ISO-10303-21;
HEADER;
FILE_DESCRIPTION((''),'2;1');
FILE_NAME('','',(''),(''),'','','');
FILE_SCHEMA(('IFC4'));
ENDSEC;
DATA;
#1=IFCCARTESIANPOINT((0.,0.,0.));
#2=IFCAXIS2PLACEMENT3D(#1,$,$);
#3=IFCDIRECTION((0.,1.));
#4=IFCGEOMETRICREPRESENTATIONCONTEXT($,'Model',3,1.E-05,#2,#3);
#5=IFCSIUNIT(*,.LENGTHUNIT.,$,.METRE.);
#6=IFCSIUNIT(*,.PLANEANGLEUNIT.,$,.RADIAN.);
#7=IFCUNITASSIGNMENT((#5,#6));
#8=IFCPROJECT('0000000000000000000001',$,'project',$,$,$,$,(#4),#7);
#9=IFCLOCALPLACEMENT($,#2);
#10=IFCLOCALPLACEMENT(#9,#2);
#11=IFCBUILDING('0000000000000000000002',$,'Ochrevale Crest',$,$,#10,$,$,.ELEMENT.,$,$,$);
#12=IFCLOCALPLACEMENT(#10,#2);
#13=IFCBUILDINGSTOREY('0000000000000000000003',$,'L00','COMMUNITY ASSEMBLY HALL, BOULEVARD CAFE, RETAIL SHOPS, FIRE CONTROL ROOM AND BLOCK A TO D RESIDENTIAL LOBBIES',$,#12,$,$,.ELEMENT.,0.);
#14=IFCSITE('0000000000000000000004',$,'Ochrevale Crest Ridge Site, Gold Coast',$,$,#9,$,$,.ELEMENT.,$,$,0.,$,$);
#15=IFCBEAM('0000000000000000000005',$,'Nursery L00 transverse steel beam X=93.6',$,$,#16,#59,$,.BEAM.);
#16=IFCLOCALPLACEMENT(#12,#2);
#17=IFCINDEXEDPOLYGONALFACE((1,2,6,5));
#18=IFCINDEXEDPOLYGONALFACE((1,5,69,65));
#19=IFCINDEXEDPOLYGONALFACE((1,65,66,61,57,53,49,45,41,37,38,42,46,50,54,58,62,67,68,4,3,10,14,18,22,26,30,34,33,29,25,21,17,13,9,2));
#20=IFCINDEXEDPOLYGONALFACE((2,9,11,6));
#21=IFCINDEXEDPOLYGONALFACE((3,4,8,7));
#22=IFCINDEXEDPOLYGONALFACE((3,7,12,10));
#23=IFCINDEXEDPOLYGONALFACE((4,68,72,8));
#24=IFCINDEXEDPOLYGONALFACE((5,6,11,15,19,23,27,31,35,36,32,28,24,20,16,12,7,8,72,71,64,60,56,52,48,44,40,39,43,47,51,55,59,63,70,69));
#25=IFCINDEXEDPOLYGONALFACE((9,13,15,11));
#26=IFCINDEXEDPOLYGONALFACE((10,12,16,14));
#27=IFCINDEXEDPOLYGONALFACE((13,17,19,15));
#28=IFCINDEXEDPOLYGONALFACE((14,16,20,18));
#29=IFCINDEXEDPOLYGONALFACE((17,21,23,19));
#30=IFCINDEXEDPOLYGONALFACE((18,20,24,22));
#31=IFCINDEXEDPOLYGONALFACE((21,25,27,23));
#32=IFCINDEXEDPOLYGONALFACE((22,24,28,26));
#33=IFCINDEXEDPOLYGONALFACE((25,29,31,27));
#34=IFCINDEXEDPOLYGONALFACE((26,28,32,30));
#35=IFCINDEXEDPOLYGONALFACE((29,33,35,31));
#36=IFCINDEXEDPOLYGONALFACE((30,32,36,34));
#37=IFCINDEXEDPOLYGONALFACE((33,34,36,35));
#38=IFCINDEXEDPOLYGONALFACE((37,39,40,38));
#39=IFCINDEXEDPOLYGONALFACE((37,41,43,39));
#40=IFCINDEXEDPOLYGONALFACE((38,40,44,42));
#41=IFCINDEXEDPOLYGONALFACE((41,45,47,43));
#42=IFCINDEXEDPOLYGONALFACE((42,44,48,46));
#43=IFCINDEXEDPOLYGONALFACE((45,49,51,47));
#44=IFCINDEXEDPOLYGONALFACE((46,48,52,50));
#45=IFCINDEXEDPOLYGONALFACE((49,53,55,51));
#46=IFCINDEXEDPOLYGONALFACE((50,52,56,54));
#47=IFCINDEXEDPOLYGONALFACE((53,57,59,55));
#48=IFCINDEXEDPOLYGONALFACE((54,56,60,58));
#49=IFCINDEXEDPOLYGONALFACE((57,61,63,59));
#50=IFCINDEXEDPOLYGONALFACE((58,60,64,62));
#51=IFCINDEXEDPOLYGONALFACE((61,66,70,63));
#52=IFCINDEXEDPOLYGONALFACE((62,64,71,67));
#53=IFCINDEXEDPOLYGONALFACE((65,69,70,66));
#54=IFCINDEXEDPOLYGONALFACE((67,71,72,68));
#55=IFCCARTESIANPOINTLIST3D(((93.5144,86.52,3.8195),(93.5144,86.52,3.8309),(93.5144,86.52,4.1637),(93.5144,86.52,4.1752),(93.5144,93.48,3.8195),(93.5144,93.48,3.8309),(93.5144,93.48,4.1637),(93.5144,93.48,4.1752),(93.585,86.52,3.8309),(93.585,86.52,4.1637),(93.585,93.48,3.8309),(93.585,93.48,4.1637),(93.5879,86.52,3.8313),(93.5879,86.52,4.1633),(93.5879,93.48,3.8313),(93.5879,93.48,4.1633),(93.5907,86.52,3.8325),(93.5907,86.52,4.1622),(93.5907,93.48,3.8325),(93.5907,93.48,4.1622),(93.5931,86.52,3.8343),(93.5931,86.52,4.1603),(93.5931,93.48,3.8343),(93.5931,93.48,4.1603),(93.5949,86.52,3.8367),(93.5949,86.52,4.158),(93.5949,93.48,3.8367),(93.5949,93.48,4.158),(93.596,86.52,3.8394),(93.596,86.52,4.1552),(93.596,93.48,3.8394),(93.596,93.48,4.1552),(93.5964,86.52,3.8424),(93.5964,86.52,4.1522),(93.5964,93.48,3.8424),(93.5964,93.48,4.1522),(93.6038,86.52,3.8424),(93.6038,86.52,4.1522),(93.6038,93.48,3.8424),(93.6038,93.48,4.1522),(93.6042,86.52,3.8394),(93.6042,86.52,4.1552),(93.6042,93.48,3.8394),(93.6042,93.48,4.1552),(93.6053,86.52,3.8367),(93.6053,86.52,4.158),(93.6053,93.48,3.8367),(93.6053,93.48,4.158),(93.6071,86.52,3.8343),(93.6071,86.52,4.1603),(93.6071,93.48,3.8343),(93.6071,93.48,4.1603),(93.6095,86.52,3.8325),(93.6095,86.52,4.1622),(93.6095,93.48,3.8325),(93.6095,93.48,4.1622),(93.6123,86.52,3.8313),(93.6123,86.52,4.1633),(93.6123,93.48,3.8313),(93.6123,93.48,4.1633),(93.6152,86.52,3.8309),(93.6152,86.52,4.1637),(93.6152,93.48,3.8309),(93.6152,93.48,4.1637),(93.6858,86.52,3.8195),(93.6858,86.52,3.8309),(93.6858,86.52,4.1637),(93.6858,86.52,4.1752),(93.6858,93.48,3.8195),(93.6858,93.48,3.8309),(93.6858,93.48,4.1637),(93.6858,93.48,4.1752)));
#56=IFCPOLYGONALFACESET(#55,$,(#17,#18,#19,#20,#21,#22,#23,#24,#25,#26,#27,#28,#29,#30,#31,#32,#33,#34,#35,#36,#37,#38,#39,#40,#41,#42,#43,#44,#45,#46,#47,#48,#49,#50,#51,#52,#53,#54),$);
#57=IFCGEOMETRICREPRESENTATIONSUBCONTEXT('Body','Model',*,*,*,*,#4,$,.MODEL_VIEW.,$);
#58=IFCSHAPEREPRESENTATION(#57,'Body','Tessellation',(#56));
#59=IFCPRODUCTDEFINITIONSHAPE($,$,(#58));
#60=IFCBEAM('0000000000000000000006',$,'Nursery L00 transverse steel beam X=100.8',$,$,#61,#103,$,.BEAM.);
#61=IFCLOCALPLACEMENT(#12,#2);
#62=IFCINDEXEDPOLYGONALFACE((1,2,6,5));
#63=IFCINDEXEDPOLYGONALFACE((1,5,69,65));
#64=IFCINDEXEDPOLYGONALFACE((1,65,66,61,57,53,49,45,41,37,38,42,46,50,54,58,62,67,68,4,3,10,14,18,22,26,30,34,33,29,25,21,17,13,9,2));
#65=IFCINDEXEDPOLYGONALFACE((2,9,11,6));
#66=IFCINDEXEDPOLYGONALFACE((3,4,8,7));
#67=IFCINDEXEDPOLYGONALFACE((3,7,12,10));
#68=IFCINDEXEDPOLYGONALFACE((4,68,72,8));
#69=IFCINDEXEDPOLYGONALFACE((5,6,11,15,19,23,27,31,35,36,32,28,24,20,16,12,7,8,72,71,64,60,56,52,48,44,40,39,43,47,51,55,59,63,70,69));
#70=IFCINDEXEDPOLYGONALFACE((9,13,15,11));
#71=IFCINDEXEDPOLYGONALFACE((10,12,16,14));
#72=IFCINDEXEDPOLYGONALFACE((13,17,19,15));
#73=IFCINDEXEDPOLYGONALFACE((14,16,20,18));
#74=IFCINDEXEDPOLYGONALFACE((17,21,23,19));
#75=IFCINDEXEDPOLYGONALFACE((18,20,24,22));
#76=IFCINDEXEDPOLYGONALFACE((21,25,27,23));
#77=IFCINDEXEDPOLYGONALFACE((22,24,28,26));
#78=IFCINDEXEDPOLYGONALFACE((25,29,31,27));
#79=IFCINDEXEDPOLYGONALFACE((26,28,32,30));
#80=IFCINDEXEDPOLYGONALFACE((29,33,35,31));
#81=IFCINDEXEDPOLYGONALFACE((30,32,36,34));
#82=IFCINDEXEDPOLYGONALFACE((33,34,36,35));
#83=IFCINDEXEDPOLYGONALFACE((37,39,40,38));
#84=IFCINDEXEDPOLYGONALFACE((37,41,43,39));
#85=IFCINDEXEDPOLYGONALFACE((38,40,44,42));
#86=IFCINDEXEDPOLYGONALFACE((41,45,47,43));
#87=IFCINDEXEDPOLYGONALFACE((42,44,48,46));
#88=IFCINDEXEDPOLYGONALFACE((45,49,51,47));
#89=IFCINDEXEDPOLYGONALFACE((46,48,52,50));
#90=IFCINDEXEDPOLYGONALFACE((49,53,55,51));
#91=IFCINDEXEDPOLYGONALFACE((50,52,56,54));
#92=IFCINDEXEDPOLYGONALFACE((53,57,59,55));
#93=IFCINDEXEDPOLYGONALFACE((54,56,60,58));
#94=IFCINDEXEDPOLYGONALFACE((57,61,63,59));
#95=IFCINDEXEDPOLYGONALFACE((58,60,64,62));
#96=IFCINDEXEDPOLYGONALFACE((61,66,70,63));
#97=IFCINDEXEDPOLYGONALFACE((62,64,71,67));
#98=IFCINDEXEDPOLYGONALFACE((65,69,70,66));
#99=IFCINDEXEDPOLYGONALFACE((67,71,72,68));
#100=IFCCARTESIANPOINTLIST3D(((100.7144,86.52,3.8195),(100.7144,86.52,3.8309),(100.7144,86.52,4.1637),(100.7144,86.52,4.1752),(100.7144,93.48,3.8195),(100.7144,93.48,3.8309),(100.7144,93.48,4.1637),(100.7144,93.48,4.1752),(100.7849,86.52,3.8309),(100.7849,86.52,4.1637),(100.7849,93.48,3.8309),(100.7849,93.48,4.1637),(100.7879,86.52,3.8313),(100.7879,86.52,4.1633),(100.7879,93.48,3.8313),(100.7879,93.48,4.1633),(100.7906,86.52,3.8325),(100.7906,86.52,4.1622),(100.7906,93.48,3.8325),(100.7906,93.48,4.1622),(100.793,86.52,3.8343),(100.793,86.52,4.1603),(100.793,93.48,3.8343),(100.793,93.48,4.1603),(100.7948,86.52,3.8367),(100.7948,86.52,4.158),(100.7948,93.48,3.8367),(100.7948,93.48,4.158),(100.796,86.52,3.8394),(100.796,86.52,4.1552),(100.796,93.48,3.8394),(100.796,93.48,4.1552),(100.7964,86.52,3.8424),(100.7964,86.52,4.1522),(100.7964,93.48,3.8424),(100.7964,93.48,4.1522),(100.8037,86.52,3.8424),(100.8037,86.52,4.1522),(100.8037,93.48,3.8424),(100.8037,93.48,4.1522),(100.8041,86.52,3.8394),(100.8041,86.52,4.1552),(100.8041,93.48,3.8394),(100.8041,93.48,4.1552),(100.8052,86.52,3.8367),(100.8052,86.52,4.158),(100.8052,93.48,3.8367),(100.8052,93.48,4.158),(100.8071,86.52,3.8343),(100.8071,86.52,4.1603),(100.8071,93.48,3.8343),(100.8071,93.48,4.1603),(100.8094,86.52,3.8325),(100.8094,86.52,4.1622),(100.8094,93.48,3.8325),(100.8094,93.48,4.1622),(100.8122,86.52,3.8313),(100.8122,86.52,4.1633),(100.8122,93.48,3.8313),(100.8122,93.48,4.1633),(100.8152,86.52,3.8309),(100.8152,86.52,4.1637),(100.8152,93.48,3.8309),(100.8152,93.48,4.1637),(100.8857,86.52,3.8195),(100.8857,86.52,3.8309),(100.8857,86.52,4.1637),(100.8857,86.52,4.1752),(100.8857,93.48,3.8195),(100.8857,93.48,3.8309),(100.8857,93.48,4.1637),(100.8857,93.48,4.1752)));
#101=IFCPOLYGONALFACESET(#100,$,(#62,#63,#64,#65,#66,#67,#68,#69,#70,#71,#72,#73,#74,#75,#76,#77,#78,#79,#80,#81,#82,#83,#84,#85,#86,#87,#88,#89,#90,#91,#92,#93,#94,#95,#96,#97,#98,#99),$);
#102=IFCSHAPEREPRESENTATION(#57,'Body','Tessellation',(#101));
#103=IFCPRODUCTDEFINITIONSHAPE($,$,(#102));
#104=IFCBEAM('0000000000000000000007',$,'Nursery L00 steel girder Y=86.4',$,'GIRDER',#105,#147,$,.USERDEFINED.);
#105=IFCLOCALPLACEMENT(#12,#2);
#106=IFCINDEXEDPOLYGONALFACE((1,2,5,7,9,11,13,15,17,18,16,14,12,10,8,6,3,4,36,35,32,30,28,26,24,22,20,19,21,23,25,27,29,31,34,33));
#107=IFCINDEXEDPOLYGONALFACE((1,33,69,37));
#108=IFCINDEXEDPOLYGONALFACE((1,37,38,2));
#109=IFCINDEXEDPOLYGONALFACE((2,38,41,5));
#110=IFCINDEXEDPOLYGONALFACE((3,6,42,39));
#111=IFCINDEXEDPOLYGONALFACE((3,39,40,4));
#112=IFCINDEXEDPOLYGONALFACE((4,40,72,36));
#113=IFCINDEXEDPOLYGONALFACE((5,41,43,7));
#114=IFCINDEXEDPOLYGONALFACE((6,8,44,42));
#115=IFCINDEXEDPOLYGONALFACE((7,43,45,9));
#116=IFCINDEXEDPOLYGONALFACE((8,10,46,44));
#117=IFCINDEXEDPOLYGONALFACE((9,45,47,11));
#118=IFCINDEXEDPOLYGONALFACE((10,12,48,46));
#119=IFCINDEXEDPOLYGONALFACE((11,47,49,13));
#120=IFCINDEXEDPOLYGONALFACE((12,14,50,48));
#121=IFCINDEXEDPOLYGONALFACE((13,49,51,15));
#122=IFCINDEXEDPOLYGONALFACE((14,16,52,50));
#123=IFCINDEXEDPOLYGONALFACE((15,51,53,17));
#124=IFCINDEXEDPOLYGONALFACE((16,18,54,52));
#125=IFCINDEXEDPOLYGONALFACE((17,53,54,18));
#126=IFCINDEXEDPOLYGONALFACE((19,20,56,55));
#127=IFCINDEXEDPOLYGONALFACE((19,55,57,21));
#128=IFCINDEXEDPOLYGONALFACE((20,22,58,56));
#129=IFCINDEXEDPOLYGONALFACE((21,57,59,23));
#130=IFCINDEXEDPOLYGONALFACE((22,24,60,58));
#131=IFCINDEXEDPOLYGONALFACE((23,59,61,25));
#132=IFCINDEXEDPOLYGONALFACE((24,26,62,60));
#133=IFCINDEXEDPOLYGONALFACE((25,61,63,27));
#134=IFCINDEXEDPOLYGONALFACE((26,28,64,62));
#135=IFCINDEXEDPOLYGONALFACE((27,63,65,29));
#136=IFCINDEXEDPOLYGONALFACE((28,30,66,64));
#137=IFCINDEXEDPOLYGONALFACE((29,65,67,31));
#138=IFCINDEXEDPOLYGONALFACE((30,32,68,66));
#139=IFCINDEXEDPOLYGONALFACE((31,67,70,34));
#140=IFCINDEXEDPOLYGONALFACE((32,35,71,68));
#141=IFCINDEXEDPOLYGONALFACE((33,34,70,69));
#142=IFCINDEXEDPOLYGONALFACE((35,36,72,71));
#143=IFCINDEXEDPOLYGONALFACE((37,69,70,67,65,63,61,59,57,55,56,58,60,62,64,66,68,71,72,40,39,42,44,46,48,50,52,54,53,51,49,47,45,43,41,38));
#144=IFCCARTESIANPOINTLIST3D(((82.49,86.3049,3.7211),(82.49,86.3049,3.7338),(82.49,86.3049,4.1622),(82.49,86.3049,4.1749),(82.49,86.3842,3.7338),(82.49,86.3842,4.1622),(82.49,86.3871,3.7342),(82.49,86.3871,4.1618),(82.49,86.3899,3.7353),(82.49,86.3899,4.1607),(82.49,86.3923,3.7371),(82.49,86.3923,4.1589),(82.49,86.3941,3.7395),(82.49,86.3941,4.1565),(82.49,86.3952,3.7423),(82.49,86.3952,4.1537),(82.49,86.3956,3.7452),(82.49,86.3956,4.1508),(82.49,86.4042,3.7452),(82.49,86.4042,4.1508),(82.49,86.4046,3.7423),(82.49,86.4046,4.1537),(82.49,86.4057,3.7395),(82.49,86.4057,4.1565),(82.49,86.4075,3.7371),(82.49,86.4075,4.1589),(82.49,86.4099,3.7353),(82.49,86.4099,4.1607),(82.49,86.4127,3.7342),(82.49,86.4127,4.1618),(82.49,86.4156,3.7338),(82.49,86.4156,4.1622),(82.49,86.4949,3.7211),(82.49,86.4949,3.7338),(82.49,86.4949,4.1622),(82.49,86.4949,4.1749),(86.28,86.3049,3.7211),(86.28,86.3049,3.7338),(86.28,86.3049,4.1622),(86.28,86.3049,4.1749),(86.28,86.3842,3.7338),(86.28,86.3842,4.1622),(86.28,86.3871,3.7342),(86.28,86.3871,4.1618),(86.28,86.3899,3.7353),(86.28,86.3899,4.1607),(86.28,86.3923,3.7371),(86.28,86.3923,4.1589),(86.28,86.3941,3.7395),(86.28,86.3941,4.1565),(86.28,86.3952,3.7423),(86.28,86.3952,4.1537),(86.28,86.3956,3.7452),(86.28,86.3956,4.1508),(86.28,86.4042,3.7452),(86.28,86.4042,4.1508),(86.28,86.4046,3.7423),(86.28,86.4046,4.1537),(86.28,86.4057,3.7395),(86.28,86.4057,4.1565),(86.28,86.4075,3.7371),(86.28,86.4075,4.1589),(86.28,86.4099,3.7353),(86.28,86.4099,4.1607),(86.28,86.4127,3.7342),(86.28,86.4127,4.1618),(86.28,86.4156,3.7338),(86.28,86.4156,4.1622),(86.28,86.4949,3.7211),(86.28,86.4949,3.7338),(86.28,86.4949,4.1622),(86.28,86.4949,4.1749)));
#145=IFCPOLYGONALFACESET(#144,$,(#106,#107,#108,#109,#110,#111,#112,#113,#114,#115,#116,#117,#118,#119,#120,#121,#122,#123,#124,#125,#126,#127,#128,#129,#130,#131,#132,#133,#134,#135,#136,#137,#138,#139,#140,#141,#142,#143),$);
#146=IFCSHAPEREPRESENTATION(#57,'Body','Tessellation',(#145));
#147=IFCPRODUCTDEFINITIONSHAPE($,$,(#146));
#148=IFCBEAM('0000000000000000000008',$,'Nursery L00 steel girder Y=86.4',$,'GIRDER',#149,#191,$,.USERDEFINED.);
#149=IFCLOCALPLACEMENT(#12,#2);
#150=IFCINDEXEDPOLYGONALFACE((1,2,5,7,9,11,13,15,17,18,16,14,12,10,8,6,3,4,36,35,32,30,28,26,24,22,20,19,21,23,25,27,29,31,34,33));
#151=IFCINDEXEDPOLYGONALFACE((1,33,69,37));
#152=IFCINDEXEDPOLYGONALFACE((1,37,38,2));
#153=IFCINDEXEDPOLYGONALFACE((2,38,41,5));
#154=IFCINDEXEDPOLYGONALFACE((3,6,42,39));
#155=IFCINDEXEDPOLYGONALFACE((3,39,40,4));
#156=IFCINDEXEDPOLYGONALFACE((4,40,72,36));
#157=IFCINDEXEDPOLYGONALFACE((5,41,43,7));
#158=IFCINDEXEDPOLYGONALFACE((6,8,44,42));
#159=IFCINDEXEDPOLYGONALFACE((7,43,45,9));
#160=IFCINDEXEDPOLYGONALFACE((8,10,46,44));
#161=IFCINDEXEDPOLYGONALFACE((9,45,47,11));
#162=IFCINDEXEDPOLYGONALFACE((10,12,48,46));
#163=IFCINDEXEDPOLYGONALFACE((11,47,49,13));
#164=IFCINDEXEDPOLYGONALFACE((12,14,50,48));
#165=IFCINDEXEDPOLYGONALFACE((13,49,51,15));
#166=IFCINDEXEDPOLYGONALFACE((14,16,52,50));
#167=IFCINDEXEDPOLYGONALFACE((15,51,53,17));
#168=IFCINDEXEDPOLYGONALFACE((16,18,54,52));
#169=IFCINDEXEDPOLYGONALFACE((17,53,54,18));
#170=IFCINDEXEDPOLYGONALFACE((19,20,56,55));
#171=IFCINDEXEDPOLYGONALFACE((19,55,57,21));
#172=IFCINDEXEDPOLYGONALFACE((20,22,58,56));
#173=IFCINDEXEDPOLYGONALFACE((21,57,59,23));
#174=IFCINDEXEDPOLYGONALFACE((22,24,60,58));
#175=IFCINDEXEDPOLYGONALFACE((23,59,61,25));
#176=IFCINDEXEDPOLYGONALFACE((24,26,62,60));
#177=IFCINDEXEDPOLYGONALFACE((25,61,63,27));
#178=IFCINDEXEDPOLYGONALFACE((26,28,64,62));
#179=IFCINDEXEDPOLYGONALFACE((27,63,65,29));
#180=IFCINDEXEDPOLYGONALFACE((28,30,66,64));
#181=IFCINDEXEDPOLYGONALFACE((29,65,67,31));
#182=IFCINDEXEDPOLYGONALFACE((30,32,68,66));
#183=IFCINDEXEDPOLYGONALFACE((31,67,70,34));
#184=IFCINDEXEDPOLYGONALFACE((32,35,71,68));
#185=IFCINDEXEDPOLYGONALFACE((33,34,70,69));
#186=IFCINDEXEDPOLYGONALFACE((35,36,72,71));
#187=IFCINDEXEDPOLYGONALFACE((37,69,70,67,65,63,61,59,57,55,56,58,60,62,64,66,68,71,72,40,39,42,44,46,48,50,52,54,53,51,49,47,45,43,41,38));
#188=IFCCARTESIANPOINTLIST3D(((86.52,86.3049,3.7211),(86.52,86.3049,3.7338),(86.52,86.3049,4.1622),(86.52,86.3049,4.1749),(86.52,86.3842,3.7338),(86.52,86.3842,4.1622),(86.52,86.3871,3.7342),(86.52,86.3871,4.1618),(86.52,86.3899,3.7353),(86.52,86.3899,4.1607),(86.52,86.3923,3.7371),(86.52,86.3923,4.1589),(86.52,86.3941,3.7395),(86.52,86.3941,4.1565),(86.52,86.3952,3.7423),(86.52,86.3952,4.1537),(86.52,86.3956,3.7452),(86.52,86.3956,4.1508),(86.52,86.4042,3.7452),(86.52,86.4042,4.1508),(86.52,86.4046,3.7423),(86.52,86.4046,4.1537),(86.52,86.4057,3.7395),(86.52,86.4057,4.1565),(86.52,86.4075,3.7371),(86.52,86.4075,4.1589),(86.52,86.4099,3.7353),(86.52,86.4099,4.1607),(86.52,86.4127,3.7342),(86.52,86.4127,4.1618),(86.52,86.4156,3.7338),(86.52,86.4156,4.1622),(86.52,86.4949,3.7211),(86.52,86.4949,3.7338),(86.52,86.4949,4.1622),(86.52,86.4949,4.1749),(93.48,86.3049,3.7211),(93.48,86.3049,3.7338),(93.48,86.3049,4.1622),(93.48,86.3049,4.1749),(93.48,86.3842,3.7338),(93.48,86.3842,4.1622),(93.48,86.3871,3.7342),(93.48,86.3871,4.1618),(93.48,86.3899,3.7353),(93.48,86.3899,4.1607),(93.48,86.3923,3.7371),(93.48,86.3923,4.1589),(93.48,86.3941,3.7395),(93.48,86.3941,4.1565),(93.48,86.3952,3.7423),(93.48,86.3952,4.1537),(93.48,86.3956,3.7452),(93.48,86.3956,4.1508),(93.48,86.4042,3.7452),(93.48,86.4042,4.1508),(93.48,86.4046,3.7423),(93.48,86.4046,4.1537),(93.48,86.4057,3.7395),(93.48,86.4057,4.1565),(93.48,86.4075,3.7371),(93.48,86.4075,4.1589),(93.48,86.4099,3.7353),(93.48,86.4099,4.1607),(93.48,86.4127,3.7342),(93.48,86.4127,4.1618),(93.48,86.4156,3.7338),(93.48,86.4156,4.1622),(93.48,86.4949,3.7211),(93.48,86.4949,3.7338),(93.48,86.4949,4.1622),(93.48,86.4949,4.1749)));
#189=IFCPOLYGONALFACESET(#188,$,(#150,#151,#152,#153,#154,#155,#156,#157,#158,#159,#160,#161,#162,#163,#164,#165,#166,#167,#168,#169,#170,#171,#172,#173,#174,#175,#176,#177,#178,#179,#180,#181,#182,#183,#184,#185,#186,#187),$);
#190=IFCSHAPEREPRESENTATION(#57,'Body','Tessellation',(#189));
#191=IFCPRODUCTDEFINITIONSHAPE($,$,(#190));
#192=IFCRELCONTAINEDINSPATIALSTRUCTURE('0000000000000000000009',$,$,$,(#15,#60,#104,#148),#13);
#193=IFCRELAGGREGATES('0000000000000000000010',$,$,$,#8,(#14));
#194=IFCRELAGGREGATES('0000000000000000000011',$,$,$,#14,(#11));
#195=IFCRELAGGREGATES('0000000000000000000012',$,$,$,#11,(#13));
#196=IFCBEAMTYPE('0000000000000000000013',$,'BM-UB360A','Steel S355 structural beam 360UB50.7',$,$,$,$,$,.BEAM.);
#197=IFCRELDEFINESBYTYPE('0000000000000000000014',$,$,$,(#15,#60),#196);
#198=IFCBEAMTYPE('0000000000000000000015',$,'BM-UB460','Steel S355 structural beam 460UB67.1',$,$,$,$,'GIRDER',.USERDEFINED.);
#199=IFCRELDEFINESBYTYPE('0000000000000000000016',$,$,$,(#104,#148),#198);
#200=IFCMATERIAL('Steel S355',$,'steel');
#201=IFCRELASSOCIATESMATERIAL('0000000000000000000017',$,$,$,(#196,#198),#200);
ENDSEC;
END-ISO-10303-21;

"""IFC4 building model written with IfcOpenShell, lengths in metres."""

from ifc_helpers import new_model, si_unit, direction, frame, origin, origin_2d, place, context, subcontext, project, spatial, i_section, extrude, material, material_profile, profile_set, type_object, element, save


model = new_model("IFC4")

# Units and contexts
model_context = context("Model", 3, precision=1e-05, world=origin(), true_north=direction((0.0, 1.0)))
body_context = subcontext(model_context, "Body", "Model", "MODEL_VIEW")
ifc_project = project(units=[si_unit("LENGTHUNIT", "METRE"), si_unit("PLANEANGLEUNIT", "RADIAN")], contexts=[model_context])

# Site, building, storey
site_placement = place(None, origin())
site = spatial("IfcSite", under=ifc_project, at=site_placement, Name="Ochrevale Crest Ridge Site, Gold Coast", CompositionType="ELEMENT", RefElevation=0.0)
building_placement = place(site_placement, origin())
building = spatial("IfcBuilding", under=site, at=building_placement, Name="Ochrevale Crest", CompositionType="ELEMENT")
storey_placement = place(building_placement, origin())
storey = spatial("IfcBuildingStorey", under=building, at=storey_placement, Name="L00", Description="COMMUNITY ASSEMBLY HALL, BOULEVARD CAFE, RETAIL SHOPS, FIRE CONTROL ROOM AND BLOCK A TO D RESIDENTIAL LOBBIES", CompositionType="ELEMENT", Elevation=0.0)

# Shared definitions
ifc_material_1 = material(Name="Steel S355", Category="steel")

# Beams
ifc_material_profile_1 = material_profile(ifc_material_1, i_section(OverallWidth=0.1714, OverallDepth=0.3557, WebThickness=0.0073, FlangeThickness=0.0115, FilletRadius=0.0115, at=origin_2d()), Name="360UB50.7")
ifc_profile_set_1 = profile_set([ifc_material_profile_1], Name="Steel S355")
beam_type_1 = type_object("IfcBeamType", Name="BM-UB360A", Description="Steel S355 structural beam 360UB50.7", PredefinedType="BEAM", material=ifc_profile_set_1)
for number, where, z_axis, x_axis, name in (
    (1, (93.6001, 86.52, 3.9973), (0.0, 1.0, 0.0), (-1.0, 0.0, 0.0), "Nursery L00 transverse steel beam X=93.6"),
    (2, (100.8, 86.52, 3.9973), (0.0, 1.0, 0.0), (-1.0, 0.0, 0.0), "Nursery L00 transverse steel beam X=100.8"),
):
    element("IfcBeam", number, at=place(storey_placement, frame(where, z_axis=z_axis, x_axis=x_axis)), inside=storey, type_object=beam_type_1, Name=name, PredefinedType="BEAM", context=body_context, shape_type="SweptSolid", body=[
        extrude(i_section(OverallWidth=0.1714, OverallDepth=0.3557, WebThickness=0.0073, FlangeThickness=0.0115, FilletRadius=0.0115, at=origin_2d()), origin(), (0.0, 0.0, 1.0), 6.96),
    ])
ifc_material_profile_2 = material_profile(ifc_material_1, i_section(OverallWidth=0.1899, OverallDepth=0.4539, WebThickness=0.0085, FlangeThickness=0.0127, FilletRadius=0.0115, at=origin_2d()), Name="460UB67.1")
ifc_profile_set_2 = profile_set([ifc_material_profile_2], Name="Steel S355")
beam_type_2 = type_object("IfcBeamType", Name="BM-UB460", Description="Steel S355 structural beam 460UB67.1", ElementType="GIRDER", PredefinedType="USERDEFINED", material=ifc_profile_set_2)
beam_placement = place(storey_placement, frame((82.49, 86.3999, 3.948), z_axis=(1.0, 0.0, 0.0), x_axis=(0.0, 1.0, 0.0)))
element("IfcBeam", 3, at=beam_placement, inside=storey, type_object=beam_type_2, Name="Nursery L00 steel girder Y=86.4", ObjectType="GIRDER", PredefinedType="USERDEFINED", context=body_context, shape_type="SweptSolid", body=[
    extrude(i_section(OverallWidth=0.1899, OverallDepth=0.4539, WebThickness=0.0085, FlangeThickness=0.0127, FilletRadius=0.0115, at=origin_2d()), origin(), (0.0, 0.0, 1.0), 3.79),
])
for number, where, z_axis, x_axis, name in (
    (4, (86.52, 86.3999, 3.948), (1.0, 0.0, 0.0), (0.0, 1.0, 0.0), "Nursery L00 steel girder Y=86.4"),
):
    element("IfcBeam", number, at=place(storey_placement, frame(where, z_axis=z_axis, x_axis=x_axis)), inside=storey, type_object=beam_type_2, Name=name, ObjectType="GIRDER", PredefinedType="USERDEFINED", context=body_context, shape_type="SweptSolid", body=[
        extrude(i_section(OverallWidth=0.1899, OverallDepth=0.4539, WebThickness=0.0085, FlangeThickness=0.0127, FilletRadius=0.0115, at=origin_2d()), origin(), (0.0, 0.0, 1.0), 6.96),
    ])

save(model, "model.ifc")
